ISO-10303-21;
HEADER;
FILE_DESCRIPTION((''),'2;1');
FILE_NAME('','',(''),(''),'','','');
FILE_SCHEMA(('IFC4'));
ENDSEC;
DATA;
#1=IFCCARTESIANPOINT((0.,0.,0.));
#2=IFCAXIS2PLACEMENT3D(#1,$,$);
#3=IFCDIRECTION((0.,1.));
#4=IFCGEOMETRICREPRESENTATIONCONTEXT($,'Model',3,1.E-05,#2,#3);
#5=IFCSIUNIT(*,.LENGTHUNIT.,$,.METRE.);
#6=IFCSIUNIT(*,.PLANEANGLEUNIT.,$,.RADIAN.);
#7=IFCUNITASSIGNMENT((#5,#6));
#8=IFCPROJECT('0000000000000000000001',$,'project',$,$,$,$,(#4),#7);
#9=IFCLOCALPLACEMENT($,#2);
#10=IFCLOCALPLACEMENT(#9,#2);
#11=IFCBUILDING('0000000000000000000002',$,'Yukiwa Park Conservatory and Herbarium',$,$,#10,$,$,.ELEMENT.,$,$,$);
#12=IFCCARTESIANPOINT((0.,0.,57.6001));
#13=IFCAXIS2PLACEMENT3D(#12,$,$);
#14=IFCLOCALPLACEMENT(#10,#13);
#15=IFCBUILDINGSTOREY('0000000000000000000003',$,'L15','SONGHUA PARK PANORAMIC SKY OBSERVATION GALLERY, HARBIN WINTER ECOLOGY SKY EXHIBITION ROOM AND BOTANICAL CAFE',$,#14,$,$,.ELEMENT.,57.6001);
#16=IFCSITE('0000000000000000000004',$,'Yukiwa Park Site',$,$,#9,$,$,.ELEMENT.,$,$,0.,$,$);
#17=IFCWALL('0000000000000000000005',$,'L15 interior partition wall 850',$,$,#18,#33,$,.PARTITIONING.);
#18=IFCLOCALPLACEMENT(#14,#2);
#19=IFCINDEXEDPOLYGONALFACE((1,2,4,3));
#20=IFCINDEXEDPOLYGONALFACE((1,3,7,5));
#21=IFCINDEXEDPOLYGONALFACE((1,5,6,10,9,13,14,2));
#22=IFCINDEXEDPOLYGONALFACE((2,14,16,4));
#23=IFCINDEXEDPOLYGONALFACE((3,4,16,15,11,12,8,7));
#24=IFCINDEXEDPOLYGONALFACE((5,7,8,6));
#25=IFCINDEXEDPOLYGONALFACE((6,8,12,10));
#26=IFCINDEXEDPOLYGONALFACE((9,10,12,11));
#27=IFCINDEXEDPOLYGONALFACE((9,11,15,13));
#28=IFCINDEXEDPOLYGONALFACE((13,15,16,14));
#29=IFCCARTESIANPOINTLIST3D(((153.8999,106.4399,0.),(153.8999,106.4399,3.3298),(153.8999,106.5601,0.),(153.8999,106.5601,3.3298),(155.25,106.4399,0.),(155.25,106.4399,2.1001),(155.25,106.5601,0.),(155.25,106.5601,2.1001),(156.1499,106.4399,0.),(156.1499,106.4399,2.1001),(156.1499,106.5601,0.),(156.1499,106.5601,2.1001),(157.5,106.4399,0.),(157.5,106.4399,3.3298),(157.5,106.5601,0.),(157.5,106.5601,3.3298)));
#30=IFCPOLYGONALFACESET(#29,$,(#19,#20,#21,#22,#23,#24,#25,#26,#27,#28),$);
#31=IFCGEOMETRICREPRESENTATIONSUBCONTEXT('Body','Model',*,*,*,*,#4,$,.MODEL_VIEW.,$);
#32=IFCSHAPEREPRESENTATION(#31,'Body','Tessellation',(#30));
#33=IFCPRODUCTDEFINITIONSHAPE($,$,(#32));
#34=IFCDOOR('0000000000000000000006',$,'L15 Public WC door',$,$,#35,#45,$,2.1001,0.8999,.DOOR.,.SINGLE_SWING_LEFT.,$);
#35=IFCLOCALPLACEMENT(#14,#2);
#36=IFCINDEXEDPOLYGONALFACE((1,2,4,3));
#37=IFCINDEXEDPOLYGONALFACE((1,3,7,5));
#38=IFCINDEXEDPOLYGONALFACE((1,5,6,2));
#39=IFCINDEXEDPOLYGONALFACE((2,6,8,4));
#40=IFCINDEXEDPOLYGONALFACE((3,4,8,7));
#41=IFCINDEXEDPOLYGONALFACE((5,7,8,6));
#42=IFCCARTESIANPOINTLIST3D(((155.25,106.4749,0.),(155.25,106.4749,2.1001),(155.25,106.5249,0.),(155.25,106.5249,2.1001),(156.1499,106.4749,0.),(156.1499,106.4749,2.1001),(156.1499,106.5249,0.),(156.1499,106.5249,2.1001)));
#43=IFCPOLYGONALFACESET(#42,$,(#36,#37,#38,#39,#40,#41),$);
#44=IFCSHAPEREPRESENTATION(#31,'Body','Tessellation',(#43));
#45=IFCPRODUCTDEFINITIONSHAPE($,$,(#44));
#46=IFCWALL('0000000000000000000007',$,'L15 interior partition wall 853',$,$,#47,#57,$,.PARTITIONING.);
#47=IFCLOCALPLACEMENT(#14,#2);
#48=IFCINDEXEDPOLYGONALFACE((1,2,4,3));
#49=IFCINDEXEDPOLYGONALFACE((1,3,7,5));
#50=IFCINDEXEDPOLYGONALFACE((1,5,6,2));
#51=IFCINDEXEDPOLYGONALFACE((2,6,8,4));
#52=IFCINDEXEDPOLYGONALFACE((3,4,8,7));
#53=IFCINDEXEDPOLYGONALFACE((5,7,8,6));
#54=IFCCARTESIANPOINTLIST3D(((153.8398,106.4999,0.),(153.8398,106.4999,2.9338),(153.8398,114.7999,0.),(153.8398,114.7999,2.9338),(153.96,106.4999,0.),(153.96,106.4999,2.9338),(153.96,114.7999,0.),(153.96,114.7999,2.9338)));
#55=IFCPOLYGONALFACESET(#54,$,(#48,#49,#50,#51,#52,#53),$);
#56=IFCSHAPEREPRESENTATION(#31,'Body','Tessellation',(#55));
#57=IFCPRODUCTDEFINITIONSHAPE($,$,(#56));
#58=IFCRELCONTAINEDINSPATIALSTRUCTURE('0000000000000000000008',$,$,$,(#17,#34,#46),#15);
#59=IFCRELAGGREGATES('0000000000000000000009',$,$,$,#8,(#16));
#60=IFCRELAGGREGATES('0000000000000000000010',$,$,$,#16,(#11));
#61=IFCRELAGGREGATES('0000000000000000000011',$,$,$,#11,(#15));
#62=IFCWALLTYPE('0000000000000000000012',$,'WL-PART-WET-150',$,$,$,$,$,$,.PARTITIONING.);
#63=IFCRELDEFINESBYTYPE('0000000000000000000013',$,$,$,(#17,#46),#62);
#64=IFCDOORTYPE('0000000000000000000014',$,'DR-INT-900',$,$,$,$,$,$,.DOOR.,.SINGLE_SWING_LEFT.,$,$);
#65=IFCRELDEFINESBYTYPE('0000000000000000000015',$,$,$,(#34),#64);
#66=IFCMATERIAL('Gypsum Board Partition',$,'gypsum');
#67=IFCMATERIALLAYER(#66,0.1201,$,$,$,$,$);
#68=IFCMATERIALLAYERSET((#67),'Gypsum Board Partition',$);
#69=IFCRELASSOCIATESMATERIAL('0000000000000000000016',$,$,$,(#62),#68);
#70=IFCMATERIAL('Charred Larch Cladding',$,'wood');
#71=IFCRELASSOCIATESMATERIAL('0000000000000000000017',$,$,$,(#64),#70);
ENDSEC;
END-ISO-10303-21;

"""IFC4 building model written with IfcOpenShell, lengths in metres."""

from ifc_helpers import new_model, si_unit, direction, frame, frame_2d, origin, place, context, subcontext, project, spatial, rectangle, extrude, material, layer, layer_set, type_object, element, fill, save


model = new_model("IFC4")

# Units and contexts
model_context = context("Model", 3, precision=1e-05, world=origin(), true_north=direction((0.0, 1.0)))
body_context = subcontext(model_context, "Body", "Model", "MODEL_VIEW")
ifc_project = project(units=[si_unit("LENGTHUNIT", "METRE"), si_unit("PLANEANGLEUNIT", "RADIAN")], contexts=[model_context])

# Site, building, storey
site_placement = place(None, origin())
site = spatial("IfcSite", under=ifc_project, at=site_placement, Name="Yukiwa Park Site", CompositionType="ELEMENT", RefElevation=0.0)
building_placement = place(site_placement, origin())
building = spatial("IfcBuilding", under=site, at=building_placement, Name="Yukiwa Park Conservatory and Herbarium", CompositionType="ELEMENT")
storey_placement = place(building_placement, frame((0.0, 0.0, 57.6001)))
storey = spatial("IfcBuildingStorey", under=building, at=storey_placement, Name="L15", Description="SONGHUA PARK PANORAMIC SKY OBSERVATION GALLERY, HARBIN WINTER ECOLOGY SKY EXHIBITION ROOM AND BOTANICAL CAFE", CompositionType="ELEMENT", Elevation=57.6001)

# Wall, opening, door
ifc_material_1 = material(Name="Gypsum Board Partition", Category="gypsum")
ifc_layer_1 = layer(ifc_material_1, 0.1201)
ifc_layer_set_1 = layer_set([ifc_layer_1], Name="Gypsum Board Partition")
wall_type_1 = type_object("IfcWallType", Name="WL-PART-WET-150", PredefinedType="PARTITIONING", material=ifc_layer_set_1)
wall_1_placement = place(storey_placement, frame((153.8999, 106.5, 0.0), z_axis=(0.0, 0.0, 1.0), x_axis=(1.0, 0.0, 0.0)))
wall_1 = element("IfcWall", 1, at=wall_1_placement, inside=storey, type_object=wall_type_1, Name="L15 interior partition wall 850", PredefinedType="PARTITIONING", context=body_context, shape_type="SweptSolid", body=[
    extrude(rectangle(XDim=3.6001, YDim=0.1201, at=frame_2d((1.8, 0.0))), origin(), (0.0, 0.0, 1.0), 3.3298),
])
opening_1_placement = place(wall_1_placement, frame((1.3501, 0.0, 0.0)))
opening_1 = element("IfcOpeningElement", 2, at=opening_1_placement, cuts=wall_1, PredefinedType="OPENING", context=body_context, shape_type="SweptSolid", body=[
    extrude(rectangle(XDim=0.8999, YDim=2.1001, at=frame_2d((0.45, 1.05))), frame((0.0, 0.0701, 0.0), z_axis=(0.0, -1.0, 0.0), x_axis=(1.0, 0.0, 0.0)), (0.0, 0.0, 1.0), 0.1401),
])
ifc_material_2 = material(Name="Charred Larch Cladding", Category="wood")
door_type_1 = type_object("IfcDoorType", Name="DR-INT-900", OperationType="SINGLE_SWING_LEFT", PredefinedType="DOOR", material=ifc_material_2)
door_1_placement = place(opening_1_placement, origin())
door_1 = element("IfcDoor", 3, at=door_1_placement, inside=storey, type_object=door_type_1, Name="L15 Public WC door", OperationType="SINGLE_SWING_LEFT", OverallHeight=2.1001, OverallWidth=0.8999, PredefinedType="DOOR", context=body_context, shape_type="SweptSolid", body=[
    extrude(rectangle(XDim=0.8999, YDim=2.1001, at=frame_2d((0.45, 1.05))), frame((0.0, 0.0249, 0.0), z_axis=(0.0, -1.0, 0.0), x_axis=(1.0, 0.0, 0.0)), (0.0, 0.0, 1.0), 0.05),
])
fill(opening_1, door_1)

# Wall
wall_2_placement = place(storey_placement, frame((153.8999, 106.5, 0.0), z_axis=(0.0, 0.0, 1.0), x_axis=(0.0, 1.0, 0.0)))
element("IfcWall", 4, at=wall_2_placement, inside=storey, type_object=wall_type_1, Name="L15 interior partition wall 853", PredefinedType="PARTITIONING", context=body_context, shape_type="SweptSolid", body=[
    extrude(rectangle(XDim=8.3, YDim=0.1201, at=frame_2d((4.1499, 0.0))), origin(), (0.0, 0.0, 1.0), 2.9338),
])

save(model, "model.ifc")
